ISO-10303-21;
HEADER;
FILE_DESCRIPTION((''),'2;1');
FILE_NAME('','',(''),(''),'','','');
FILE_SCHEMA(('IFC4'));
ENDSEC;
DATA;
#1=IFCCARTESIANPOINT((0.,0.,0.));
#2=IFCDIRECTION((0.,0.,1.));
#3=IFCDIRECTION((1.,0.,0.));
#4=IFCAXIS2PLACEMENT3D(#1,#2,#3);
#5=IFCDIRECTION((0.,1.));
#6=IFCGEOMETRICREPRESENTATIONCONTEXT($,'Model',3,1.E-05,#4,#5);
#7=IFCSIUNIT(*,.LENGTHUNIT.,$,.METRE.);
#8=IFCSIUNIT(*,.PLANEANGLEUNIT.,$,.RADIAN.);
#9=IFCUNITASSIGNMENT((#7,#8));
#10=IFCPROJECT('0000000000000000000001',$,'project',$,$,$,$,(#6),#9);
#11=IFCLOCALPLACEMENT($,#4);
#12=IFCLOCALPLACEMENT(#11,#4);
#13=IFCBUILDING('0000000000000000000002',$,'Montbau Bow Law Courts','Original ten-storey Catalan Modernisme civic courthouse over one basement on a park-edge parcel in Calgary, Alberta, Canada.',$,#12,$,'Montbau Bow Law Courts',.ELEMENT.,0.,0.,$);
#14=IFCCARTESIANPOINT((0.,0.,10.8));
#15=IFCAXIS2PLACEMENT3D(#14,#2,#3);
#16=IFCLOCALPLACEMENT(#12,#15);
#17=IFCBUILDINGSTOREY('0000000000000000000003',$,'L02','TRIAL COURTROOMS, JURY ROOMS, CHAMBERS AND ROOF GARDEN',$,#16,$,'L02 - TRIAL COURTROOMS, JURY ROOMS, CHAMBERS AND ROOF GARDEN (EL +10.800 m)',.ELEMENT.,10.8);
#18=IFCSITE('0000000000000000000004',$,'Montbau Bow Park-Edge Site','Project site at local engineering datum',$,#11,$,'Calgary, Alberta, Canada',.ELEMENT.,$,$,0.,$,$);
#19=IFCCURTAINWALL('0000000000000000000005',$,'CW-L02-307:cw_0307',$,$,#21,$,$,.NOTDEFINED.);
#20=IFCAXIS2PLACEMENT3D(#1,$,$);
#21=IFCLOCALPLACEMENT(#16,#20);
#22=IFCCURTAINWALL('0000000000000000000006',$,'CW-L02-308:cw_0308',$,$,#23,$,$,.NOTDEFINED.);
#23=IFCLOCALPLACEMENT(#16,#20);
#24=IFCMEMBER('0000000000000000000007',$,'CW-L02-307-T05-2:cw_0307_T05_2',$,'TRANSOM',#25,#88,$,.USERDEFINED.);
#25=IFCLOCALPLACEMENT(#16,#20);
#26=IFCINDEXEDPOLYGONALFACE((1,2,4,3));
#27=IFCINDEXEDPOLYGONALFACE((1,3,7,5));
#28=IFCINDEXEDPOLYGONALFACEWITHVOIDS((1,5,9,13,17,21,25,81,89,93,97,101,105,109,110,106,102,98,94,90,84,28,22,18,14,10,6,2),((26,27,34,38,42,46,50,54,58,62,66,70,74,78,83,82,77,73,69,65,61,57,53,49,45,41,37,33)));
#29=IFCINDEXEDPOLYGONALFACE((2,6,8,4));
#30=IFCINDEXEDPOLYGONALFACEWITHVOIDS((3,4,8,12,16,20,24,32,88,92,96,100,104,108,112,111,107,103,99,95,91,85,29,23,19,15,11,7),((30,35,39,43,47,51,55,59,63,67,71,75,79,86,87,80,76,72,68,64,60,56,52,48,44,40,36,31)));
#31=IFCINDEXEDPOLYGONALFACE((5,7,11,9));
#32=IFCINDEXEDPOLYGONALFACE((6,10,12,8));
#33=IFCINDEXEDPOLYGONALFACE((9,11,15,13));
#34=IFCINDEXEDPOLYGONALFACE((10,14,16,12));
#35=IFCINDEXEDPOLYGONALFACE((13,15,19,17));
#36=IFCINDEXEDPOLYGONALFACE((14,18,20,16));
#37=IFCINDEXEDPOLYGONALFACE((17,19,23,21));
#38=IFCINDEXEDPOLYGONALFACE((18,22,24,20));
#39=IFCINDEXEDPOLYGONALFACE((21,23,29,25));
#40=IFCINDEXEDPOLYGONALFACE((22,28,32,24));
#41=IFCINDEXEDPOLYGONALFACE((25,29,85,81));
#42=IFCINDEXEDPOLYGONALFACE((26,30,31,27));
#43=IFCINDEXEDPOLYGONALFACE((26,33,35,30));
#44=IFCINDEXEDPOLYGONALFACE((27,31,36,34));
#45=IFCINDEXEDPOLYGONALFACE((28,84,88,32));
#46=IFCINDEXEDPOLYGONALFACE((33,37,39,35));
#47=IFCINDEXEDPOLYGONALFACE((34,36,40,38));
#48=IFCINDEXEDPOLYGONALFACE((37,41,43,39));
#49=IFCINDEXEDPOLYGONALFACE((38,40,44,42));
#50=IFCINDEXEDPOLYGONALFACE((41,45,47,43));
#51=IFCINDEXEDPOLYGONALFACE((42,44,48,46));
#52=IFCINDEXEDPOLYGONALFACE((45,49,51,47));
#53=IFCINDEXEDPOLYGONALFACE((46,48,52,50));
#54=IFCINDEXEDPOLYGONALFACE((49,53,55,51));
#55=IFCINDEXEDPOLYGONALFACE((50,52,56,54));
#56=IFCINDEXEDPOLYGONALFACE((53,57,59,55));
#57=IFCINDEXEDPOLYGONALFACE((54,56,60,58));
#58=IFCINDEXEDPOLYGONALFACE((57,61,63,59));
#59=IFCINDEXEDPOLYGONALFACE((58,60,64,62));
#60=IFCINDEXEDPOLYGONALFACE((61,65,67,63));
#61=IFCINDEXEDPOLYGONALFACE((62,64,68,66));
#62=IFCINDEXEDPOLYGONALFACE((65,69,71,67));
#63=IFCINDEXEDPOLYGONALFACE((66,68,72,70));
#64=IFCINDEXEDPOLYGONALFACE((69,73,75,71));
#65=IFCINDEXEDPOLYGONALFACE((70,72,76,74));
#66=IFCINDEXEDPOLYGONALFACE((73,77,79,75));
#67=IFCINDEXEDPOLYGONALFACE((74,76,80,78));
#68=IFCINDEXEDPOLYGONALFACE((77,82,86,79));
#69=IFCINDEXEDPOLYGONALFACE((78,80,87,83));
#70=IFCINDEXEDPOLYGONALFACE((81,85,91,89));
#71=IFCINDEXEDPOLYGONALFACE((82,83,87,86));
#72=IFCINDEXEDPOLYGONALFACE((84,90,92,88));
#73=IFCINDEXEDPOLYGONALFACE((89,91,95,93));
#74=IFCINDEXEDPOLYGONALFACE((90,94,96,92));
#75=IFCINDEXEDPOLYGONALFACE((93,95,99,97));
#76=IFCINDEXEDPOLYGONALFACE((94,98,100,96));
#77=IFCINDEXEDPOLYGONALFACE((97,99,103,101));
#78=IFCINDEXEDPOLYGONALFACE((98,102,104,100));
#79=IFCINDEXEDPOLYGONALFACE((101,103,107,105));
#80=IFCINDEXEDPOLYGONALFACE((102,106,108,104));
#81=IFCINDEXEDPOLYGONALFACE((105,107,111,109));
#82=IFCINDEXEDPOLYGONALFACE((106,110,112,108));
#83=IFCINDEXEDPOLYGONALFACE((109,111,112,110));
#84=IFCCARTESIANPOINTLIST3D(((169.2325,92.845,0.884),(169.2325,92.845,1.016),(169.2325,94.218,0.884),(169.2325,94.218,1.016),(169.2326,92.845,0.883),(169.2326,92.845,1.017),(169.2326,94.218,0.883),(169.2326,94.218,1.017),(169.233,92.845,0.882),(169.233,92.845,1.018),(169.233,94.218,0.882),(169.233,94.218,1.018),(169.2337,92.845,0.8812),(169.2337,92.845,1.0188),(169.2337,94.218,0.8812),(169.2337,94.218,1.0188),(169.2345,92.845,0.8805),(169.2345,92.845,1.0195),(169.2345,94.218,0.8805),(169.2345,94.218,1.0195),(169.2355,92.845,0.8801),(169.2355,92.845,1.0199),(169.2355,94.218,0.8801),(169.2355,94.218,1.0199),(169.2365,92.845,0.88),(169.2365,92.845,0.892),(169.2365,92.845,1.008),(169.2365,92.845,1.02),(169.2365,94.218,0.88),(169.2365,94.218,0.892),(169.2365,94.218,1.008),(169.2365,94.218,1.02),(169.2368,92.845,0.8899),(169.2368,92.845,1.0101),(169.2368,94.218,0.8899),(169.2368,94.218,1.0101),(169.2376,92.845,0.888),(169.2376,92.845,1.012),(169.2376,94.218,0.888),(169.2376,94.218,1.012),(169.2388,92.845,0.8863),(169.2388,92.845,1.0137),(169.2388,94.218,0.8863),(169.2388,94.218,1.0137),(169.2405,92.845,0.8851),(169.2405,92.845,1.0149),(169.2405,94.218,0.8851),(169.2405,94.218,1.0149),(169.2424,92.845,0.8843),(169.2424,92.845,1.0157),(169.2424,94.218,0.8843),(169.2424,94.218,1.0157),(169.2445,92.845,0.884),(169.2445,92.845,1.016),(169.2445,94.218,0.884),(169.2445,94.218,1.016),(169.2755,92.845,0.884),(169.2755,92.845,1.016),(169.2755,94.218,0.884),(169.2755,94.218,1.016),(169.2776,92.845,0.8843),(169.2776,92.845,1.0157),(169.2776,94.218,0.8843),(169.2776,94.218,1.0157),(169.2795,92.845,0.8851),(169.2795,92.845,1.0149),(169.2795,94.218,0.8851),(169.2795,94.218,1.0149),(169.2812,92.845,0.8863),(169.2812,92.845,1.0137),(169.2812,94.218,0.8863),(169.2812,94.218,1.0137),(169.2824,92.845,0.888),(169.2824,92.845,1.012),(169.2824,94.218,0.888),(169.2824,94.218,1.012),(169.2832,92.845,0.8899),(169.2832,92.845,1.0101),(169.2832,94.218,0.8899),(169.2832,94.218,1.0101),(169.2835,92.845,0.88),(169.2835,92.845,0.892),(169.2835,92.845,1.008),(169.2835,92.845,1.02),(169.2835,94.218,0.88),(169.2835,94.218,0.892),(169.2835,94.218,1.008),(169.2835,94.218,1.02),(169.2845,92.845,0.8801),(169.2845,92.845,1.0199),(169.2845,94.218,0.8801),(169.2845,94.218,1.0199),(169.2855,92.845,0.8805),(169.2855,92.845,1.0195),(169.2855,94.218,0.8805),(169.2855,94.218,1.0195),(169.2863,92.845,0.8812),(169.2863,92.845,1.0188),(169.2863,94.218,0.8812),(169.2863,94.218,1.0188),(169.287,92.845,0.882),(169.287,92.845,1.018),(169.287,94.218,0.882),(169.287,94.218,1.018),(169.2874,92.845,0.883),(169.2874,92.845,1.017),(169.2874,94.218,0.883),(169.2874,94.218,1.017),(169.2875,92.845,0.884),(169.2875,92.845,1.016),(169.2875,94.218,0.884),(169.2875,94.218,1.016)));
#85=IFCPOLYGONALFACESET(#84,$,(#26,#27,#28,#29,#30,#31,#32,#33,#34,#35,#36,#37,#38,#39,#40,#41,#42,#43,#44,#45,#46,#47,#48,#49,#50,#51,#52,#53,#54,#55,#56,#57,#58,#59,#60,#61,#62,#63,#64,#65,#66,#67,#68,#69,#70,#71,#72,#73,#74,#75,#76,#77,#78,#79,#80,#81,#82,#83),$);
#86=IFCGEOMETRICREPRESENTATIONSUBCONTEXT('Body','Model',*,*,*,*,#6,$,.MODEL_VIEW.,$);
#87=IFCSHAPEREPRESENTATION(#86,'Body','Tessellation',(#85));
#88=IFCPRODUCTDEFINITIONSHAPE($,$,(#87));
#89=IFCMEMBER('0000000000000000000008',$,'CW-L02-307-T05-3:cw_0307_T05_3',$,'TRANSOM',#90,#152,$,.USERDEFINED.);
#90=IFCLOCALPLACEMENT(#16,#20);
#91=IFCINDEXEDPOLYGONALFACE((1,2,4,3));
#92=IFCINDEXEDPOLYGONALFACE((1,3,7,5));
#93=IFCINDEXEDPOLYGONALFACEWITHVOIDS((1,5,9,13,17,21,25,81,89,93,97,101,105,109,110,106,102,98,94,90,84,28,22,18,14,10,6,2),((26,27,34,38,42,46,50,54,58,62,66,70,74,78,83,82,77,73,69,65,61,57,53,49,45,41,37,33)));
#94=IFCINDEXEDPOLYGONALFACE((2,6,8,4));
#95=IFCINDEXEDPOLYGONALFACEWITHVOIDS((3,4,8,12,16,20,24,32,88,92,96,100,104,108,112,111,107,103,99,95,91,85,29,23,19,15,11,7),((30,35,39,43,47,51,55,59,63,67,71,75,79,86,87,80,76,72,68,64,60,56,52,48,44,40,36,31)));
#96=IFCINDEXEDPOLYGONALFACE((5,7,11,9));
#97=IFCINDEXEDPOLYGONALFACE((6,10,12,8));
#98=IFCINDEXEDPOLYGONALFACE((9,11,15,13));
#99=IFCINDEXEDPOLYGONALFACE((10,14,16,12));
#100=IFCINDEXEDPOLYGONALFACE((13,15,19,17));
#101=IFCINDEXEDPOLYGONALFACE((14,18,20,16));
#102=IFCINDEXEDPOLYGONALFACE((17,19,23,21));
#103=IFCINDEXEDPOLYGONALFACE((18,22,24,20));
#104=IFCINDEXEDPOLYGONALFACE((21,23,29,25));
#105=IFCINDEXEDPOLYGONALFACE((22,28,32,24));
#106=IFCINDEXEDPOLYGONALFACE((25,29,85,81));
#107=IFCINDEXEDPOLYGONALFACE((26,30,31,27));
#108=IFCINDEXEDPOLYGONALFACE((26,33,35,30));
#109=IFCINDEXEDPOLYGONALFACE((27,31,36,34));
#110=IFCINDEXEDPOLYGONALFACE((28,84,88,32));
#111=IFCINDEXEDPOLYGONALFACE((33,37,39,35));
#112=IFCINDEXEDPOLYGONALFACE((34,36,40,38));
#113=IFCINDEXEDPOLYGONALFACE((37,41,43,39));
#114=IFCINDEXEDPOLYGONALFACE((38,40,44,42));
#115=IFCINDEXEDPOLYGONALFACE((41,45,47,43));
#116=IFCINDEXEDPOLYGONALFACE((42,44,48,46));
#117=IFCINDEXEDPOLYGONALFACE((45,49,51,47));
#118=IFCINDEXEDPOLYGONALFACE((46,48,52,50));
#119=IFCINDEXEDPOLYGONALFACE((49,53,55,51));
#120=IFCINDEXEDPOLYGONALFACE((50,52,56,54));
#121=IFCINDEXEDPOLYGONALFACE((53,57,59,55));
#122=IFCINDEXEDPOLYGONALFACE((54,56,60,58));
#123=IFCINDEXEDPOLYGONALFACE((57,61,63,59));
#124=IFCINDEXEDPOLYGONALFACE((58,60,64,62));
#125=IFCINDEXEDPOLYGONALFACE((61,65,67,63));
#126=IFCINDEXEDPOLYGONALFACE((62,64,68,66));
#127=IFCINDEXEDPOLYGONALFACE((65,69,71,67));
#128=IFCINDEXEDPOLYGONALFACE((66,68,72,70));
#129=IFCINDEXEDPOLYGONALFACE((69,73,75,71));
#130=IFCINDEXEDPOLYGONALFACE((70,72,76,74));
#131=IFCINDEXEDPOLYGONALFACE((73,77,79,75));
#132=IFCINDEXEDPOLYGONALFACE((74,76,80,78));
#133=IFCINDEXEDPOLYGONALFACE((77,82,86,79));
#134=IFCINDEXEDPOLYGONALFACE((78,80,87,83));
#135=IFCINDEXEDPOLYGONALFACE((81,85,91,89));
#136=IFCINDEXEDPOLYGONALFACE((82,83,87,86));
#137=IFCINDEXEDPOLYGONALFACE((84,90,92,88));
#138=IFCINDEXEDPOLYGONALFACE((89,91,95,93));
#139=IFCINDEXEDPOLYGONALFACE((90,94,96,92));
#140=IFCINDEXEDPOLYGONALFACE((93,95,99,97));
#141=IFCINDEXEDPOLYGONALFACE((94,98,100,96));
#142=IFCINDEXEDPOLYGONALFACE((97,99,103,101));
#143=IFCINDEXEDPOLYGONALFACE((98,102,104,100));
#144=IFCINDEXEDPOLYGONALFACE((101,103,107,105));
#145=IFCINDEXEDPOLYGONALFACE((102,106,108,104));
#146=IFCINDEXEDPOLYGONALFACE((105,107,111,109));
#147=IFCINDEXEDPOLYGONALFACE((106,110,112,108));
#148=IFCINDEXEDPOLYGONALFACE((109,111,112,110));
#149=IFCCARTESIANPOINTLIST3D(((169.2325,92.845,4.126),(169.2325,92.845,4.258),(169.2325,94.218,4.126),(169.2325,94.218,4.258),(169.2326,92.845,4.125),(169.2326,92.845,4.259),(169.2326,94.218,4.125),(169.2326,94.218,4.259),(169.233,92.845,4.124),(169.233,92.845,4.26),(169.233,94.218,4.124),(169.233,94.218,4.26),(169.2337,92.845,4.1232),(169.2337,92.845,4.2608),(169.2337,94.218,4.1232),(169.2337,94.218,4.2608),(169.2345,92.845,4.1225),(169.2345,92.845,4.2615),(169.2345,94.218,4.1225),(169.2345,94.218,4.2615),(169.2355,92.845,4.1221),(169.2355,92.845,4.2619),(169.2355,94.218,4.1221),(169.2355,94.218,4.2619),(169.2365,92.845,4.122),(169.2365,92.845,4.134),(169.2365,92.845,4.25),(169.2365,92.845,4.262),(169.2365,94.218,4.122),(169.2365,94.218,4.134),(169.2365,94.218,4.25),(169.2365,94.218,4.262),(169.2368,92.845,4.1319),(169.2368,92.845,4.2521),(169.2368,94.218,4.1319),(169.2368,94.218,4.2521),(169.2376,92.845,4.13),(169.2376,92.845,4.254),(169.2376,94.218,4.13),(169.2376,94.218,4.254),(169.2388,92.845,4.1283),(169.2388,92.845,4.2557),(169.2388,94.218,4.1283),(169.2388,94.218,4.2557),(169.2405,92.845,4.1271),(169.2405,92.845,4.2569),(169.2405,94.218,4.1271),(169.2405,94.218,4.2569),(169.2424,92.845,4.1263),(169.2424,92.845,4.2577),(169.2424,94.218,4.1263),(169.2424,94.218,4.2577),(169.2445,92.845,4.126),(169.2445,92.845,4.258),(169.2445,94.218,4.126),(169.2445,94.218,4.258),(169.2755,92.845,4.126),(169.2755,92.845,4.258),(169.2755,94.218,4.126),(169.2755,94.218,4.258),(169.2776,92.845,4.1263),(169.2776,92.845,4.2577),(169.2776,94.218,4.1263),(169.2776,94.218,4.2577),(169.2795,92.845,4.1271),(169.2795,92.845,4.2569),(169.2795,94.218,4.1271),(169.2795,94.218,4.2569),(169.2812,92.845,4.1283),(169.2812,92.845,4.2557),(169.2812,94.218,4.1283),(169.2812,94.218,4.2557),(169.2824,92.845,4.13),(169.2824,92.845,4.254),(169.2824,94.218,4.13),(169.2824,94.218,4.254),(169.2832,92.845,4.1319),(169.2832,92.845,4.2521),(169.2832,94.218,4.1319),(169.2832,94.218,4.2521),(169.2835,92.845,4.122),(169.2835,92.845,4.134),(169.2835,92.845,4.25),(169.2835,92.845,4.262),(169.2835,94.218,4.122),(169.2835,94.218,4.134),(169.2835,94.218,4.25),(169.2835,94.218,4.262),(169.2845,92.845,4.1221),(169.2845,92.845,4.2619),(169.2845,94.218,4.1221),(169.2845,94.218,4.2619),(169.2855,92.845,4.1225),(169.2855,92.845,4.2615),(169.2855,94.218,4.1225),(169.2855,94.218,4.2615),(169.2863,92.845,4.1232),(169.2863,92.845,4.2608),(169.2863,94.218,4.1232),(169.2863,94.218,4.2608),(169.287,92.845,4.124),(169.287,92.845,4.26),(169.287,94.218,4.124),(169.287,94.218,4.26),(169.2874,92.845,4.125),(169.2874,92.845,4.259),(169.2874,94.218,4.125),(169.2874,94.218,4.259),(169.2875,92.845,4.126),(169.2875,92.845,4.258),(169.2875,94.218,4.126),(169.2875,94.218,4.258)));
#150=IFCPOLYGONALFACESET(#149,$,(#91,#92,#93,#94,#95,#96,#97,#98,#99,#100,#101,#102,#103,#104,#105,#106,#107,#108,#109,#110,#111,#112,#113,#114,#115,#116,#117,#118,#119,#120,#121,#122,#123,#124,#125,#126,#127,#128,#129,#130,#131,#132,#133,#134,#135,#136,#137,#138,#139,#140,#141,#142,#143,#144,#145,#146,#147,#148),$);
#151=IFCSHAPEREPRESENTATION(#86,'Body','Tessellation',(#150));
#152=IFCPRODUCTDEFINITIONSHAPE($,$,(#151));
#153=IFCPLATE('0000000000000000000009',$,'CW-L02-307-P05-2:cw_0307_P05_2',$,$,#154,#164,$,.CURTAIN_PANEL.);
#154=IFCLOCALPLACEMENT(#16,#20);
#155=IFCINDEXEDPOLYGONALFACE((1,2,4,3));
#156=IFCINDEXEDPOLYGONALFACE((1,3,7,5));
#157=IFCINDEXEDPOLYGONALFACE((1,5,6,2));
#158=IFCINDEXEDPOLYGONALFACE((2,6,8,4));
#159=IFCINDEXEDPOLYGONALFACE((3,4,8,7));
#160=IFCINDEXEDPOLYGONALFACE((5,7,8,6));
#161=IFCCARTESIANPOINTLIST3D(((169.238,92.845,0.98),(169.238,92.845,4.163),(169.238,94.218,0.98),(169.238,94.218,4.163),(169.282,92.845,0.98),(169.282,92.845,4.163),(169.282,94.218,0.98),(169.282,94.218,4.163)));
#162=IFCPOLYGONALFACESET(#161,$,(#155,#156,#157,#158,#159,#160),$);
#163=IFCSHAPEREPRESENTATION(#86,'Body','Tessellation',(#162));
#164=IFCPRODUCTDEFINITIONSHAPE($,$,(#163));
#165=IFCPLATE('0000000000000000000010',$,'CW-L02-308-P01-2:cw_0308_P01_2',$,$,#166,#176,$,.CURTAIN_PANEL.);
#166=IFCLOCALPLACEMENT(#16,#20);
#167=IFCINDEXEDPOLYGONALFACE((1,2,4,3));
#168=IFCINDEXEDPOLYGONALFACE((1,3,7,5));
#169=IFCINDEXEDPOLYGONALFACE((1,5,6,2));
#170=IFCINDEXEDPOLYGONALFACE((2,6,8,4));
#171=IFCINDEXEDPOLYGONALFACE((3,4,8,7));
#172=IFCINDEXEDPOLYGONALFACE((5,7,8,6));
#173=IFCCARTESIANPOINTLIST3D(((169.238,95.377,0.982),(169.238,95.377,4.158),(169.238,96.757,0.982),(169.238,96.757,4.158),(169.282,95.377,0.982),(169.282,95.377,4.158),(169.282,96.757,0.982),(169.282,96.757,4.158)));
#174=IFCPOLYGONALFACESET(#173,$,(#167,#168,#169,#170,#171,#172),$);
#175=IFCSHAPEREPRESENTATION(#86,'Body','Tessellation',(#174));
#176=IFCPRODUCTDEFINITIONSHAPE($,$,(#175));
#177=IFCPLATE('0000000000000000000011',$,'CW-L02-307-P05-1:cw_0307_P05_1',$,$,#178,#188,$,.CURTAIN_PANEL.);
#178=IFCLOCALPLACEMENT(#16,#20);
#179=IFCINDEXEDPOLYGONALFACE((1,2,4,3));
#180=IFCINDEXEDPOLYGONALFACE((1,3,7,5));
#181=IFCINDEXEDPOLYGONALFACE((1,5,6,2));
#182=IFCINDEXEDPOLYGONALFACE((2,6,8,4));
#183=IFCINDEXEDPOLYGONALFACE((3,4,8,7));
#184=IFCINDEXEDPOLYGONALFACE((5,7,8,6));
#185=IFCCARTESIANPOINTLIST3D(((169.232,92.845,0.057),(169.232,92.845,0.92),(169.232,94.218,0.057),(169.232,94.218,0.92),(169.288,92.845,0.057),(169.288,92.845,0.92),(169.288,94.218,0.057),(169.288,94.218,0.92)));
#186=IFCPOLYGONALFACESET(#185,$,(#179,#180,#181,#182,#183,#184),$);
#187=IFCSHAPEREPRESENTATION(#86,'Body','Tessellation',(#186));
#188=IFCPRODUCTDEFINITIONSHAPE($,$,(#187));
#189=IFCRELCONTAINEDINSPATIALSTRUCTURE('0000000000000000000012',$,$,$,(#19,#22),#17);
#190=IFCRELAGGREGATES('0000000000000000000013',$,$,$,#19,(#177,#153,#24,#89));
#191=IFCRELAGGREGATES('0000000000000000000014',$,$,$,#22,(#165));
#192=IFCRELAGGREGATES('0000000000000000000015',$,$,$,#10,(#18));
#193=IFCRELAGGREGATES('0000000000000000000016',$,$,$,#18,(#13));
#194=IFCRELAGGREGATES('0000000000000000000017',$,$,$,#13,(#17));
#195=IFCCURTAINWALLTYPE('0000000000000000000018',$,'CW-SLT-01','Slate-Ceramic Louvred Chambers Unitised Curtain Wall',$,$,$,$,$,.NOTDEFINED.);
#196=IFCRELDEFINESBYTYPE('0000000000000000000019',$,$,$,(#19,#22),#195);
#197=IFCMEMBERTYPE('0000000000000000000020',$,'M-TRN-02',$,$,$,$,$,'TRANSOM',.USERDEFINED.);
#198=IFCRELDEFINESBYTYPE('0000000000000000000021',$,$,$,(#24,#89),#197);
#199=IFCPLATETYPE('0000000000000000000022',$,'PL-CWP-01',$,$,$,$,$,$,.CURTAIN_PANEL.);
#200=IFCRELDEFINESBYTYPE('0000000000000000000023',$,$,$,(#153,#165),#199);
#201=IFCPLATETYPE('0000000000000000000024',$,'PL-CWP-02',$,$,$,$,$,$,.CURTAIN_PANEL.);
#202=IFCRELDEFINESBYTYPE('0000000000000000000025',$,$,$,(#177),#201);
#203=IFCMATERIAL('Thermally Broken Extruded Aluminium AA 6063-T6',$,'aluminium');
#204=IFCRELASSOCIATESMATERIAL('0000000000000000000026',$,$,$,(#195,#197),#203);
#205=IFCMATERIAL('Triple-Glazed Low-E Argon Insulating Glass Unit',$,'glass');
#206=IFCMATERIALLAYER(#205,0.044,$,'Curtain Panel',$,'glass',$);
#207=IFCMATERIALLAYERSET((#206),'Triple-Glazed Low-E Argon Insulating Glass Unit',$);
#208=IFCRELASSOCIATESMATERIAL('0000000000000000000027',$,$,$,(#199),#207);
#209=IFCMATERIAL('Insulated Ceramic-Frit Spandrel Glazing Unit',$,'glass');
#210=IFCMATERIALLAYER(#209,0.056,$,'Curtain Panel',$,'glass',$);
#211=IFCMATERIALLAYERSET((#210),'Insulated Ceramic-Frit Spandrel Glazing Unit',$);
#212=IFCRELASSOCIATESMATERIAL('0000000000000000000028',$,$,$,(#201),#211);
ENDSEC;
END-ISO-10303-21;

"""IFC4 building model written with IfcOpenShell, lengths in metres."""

from ifc_helpers import new_model, si_unit, direction, frame, frame_2d, origin_with_axes, origin_2d_with_axis, place, context, subcontext, project, spatial, rectangle, hollow_rectangle, extrude, material, layer, layer_set, material_profile, profile_set, type_object, element, aggregate, save


model = new_model("IFC4")

# Units and contexts
model_context = context("Model", 3, precision=1e-05, world=origin_with_axes(), true_north=direction((0.0, 1.0)))
body_context = subcontext(model_context, "Body", "Model", "MODEL_VIEW")
ifc_project = project(units=[si_unit("LENGTHUNIT", "METRE"), si_unit("PLANEANGLEUNIT", "RADIAN")], contexts=[model_context])

# Site, building, storey
site_placement = place(None, origin_with_axes())
site = spatial("IfcSite", under=ifc_project, at=site_placement, Name="Montbau Bow Park-Edge Site", Description="Project site at local engineering datum", LongName="Calgary, Alberta, Canada", CompositionType="ELEMENT", RefElevation=0.0)
building_placement = place(site_placement, origin_with_axes())
building = spatial("IfcBuilding", under=site, at=building_placement, Name="Montbau Bow Law Courts", Description="Original ten-storey Catalan Modernisme civic courthouse over one basement on a park-edge parcel in Calgary, Alberta, Canada.", LongName="Montbau Bow Law Courts", CompositionType="ELEMENT", ElevationOfRefHeight=0.0, ElevationOfTerrain=0.0)
storey_placement = place(building_placement, frame((0.0, 0.0, 10.8), z_axis=(0.0, 0.0, 1.0), x_axis=(1.0, 0.0, 0.0)))
storey = spatial("IfcBuildingStorey", under=building, at=storey_placement, Name="L02", Description="TRIAL COURTROOMS, JURY ROOMS, CHAMBERS AND ROOF GARDEN", LongName="L02 - TRIAL COURTROOMS, JURY ROOMS, CHAMBERS AND ROOF GARDEN (EL +10.800 m)", CompositionType="ELEMENT", Elevation=10.8)

# Curtain walls
ifc_material_1 = material(Name="Thermally Broken Extruded Aluminium AA 6063-T6", Category="aluminium")
curtain_wall_type = type_object("IfcCurtainWallType", Name="CW-SLT-01", Description="Slate-Ceramic Louvred Chambers Unitised Curtain Wall", PredefinedType="NOTDEFINED", material=ifc_material_1)
curtain_wall_1_placement = place(None, frame((169.26, 86.915, 10.8), z_axis=(0.0, 0.0, 1.0), x_axis=(1.0, 0.0, 0.0)))
curtain_wall_1 = element("IfcCurtainWall", 1, at=curtain_wall_1_placement, inside=storey, type_object=curtain_wall_type, Name="CW-L02-307:cw_0307", PredefinedType="NOTDEFINED")
curtain_wall_2_placement = place(None, frame((169.26, 95.315, 10.8), z_axis=(0.0, 0.0, 1.0), x_axis=(1.0, 0.0, 0.0)))
curtain_wall_2 = element("IfcCurtainWall", 2, at=curtain_wall_2_placement, inside=storey, type_object=curtain_wall_type, Name="CW-L02-308:cw_0308", PredefinedType="NOTDEFINED")

# Members
ifc_material_profile_1 = material_profile(ifc_material_1, hollow_rectangle(XDim=0.055, YDim=0.14, WallThickness=0.004, InnerFilletRadius=0.008, OuterFilletRadius=0.004, at=origin_2d_with_axis()), Name="CWT-140X55", Category="Main", Priority=0)
ifc_profile_set_1 = profile_set([ifc_material_profile_1], Name="Thermally Broken Extruded Aluminium AA 6063-T6")
member_type_1 = type_object("IfcMemberType", Name="M-TRN-02", ElementType="TRANSOM", PredefinedType="USERDEFINED", material=ifc_profile_set_1)
member_1_placement = place(None, frame((169.26, 92.845, 11.75), z_axis=(0.0, 1.0, 0.0), x_axis=(-1.0, 0.0, 0.0)))
member_1 = element("IfcMember", 3, at=member_1_placement, type_object=member_type_1, Name="CW-L02-307-T05-2:cw_0307_T05_2", ObjectType="TRANSOM", PredefinedType="USERDEFINED", context=body_context, shape_type="SweptSolid", body=[
    extrude(hollow_rectangle(XDim=0.055, YDim=0.14, WallThickness=0.004, InnerFilletRadius=0.008, OuterFilletRadius=0.004, at=origin_2d_with_axis()), origin_with_axes(), (0.0, 0.0, 1.0), 1.373),
])
member_2_placement = place(None, frame((169.26, 92.845, 14.992), z_axis=(0.0, 1.0, 0.0), x_axis=(-1.0, 0.0, 0.0)))
member_2 = element("IfcMember", 4, at=member_2_placement, type_object=member_type_1, Name="CW-L02-307-T05-3:cw_0307_T05_3", ObjectType="TRANSOM", PredefinedType="USERDEFINED", context=body_context, shape_type="SweptSolid", body=[
    extrude(hollow_rectangle(XDim=0.055, YDim=0.14, WallThickness=0.004, InnerFilletRadius=0.008, OuterFilletRadius=0.004, at=origin_2d_with_axis()), origin_with_axes(), (0.0, 0.0, 1.0), 1.373),
])

# Plates
ifc_material_2 = material(Name="Triple-Glazed Low-E Argon Insulating Glass Unit", Category="glass")
ifc_layer_1 = layer(ifc_material_2, 0.044, Name="Curtain Panel", Category="glass")
ifc_layer_set_1 = layer_set([ifc_layer_1], Name="Triple-Glazed Low-E Argon Insulating Glass Unit")
plate_type_1 = type_object("IfcPlateType", Name="PL-CWP-01", PredefinedType="CURTAIN_PANEL", material=ifc_layer_set_1)
plate_1_placement = place(None, frame((169.26, 92.845, 11.78), z_axis=(1.0, 0.0, 0.0), x_axis=(0.0, 1.0, 0.0)))
plate_1 = element("IfcPlate", 5, at=plate_1_placement, type_object=plate_type_1, Name="CW-L02-307-P05-2:cw_0307_P05_2", PredefinedType="CURTAIN_PANEL", context=body_context, shape_type="SweptSolid", body=[
    extrude(rectangle(XDim=1.373, YDim=3.183, at=frame_2d((0.6865, 1.5915), x_axis=(1.0, 0.0))), frame((0.0, 0.0, -0.022), z_axis=(0.0, 0.0, 1.0), x_axis=(1.0, 0.0, 0.0)), (0.0, 0.0, 1.0), 0.044),
])
plate_2_placement = place(None, frame((169.26, 95.377, 11.782), z_axis=(1.0, 0.0, 0.0), x_axis=(0.0, 1.0, 0.0)))
plate_2 = element("IfcPlate", 6, at=plate_2_placement, type_object=plate_type_1, Name="CW-L02-308-P01-2:cw_0308_P01_2", PredefinedType="CURTAIN_PANEL", context=body_context, shape_type="SweptSolid", body=[
    extrude(rectangle(XDim=1.38, YDim=3.176, at=frame_2d((0.69, 1.588), x_axis=(1.0, 0.0))), frame((0.0, 0.0, -0.022), z_axis=(0.0, 0.0, 1.0), x_axis=(1.0, 0.0, 0.0)), (0.0, 0.0, 1.0), 0.044),
])
ifc_material_3 = material(Name="Insulated Ceramic-Frit Spandrel Glazing Unit", Category="glass")
ifc_layer_2 = layer(ifc_material_3, 0.056, Name="Curtain Panel", Category="glass")
ifc_layer_set_2 = layer_set([ifc_layer_2], Name="Insulated Ceramic-Frit Spandrel Glazing Unit")
plate_type_2 = type_object("IfcPlateType", Name="PL-CWP-02", PredefinedType="CURTAIN_PANEL", material=ifc_layer_set_2)
plate_3_placement = place(None, frame((169.26, 92.845, 10.857), z_axis=(1.0, 0.0, 0.0), x_axis=(0.0, 1.0, 0.0)))
plate_3 = element("IfcPlate", 7, at=plate_3_placement, type_object=plate_type_2, Name="CW-L02-307-P05-1:cw_0307_P05_1", PredefinedType="CURTAIN_PANEL", context=body_context, shape_type="SweptSolid", body=[
    extrude(rectangle(XDim=1.373, YDim=0.863, at=frame_2d((0.6865, 0.4315), x_axis=(1.0, 0.0))), frame((0.0, 0.0, -0.028), z_axis=(0.0, 0.0, 1.0), x_axis=(1.0, 0.0, 0.0)), (0.0, 0.0, 1.0), 0.056),
])
aggregate(curtain_wall_1, [plate_3, plate_1, member_1, member_2])
aggregate(curtain_wall_2, [plate_2])

save(model, "model.ifc")
